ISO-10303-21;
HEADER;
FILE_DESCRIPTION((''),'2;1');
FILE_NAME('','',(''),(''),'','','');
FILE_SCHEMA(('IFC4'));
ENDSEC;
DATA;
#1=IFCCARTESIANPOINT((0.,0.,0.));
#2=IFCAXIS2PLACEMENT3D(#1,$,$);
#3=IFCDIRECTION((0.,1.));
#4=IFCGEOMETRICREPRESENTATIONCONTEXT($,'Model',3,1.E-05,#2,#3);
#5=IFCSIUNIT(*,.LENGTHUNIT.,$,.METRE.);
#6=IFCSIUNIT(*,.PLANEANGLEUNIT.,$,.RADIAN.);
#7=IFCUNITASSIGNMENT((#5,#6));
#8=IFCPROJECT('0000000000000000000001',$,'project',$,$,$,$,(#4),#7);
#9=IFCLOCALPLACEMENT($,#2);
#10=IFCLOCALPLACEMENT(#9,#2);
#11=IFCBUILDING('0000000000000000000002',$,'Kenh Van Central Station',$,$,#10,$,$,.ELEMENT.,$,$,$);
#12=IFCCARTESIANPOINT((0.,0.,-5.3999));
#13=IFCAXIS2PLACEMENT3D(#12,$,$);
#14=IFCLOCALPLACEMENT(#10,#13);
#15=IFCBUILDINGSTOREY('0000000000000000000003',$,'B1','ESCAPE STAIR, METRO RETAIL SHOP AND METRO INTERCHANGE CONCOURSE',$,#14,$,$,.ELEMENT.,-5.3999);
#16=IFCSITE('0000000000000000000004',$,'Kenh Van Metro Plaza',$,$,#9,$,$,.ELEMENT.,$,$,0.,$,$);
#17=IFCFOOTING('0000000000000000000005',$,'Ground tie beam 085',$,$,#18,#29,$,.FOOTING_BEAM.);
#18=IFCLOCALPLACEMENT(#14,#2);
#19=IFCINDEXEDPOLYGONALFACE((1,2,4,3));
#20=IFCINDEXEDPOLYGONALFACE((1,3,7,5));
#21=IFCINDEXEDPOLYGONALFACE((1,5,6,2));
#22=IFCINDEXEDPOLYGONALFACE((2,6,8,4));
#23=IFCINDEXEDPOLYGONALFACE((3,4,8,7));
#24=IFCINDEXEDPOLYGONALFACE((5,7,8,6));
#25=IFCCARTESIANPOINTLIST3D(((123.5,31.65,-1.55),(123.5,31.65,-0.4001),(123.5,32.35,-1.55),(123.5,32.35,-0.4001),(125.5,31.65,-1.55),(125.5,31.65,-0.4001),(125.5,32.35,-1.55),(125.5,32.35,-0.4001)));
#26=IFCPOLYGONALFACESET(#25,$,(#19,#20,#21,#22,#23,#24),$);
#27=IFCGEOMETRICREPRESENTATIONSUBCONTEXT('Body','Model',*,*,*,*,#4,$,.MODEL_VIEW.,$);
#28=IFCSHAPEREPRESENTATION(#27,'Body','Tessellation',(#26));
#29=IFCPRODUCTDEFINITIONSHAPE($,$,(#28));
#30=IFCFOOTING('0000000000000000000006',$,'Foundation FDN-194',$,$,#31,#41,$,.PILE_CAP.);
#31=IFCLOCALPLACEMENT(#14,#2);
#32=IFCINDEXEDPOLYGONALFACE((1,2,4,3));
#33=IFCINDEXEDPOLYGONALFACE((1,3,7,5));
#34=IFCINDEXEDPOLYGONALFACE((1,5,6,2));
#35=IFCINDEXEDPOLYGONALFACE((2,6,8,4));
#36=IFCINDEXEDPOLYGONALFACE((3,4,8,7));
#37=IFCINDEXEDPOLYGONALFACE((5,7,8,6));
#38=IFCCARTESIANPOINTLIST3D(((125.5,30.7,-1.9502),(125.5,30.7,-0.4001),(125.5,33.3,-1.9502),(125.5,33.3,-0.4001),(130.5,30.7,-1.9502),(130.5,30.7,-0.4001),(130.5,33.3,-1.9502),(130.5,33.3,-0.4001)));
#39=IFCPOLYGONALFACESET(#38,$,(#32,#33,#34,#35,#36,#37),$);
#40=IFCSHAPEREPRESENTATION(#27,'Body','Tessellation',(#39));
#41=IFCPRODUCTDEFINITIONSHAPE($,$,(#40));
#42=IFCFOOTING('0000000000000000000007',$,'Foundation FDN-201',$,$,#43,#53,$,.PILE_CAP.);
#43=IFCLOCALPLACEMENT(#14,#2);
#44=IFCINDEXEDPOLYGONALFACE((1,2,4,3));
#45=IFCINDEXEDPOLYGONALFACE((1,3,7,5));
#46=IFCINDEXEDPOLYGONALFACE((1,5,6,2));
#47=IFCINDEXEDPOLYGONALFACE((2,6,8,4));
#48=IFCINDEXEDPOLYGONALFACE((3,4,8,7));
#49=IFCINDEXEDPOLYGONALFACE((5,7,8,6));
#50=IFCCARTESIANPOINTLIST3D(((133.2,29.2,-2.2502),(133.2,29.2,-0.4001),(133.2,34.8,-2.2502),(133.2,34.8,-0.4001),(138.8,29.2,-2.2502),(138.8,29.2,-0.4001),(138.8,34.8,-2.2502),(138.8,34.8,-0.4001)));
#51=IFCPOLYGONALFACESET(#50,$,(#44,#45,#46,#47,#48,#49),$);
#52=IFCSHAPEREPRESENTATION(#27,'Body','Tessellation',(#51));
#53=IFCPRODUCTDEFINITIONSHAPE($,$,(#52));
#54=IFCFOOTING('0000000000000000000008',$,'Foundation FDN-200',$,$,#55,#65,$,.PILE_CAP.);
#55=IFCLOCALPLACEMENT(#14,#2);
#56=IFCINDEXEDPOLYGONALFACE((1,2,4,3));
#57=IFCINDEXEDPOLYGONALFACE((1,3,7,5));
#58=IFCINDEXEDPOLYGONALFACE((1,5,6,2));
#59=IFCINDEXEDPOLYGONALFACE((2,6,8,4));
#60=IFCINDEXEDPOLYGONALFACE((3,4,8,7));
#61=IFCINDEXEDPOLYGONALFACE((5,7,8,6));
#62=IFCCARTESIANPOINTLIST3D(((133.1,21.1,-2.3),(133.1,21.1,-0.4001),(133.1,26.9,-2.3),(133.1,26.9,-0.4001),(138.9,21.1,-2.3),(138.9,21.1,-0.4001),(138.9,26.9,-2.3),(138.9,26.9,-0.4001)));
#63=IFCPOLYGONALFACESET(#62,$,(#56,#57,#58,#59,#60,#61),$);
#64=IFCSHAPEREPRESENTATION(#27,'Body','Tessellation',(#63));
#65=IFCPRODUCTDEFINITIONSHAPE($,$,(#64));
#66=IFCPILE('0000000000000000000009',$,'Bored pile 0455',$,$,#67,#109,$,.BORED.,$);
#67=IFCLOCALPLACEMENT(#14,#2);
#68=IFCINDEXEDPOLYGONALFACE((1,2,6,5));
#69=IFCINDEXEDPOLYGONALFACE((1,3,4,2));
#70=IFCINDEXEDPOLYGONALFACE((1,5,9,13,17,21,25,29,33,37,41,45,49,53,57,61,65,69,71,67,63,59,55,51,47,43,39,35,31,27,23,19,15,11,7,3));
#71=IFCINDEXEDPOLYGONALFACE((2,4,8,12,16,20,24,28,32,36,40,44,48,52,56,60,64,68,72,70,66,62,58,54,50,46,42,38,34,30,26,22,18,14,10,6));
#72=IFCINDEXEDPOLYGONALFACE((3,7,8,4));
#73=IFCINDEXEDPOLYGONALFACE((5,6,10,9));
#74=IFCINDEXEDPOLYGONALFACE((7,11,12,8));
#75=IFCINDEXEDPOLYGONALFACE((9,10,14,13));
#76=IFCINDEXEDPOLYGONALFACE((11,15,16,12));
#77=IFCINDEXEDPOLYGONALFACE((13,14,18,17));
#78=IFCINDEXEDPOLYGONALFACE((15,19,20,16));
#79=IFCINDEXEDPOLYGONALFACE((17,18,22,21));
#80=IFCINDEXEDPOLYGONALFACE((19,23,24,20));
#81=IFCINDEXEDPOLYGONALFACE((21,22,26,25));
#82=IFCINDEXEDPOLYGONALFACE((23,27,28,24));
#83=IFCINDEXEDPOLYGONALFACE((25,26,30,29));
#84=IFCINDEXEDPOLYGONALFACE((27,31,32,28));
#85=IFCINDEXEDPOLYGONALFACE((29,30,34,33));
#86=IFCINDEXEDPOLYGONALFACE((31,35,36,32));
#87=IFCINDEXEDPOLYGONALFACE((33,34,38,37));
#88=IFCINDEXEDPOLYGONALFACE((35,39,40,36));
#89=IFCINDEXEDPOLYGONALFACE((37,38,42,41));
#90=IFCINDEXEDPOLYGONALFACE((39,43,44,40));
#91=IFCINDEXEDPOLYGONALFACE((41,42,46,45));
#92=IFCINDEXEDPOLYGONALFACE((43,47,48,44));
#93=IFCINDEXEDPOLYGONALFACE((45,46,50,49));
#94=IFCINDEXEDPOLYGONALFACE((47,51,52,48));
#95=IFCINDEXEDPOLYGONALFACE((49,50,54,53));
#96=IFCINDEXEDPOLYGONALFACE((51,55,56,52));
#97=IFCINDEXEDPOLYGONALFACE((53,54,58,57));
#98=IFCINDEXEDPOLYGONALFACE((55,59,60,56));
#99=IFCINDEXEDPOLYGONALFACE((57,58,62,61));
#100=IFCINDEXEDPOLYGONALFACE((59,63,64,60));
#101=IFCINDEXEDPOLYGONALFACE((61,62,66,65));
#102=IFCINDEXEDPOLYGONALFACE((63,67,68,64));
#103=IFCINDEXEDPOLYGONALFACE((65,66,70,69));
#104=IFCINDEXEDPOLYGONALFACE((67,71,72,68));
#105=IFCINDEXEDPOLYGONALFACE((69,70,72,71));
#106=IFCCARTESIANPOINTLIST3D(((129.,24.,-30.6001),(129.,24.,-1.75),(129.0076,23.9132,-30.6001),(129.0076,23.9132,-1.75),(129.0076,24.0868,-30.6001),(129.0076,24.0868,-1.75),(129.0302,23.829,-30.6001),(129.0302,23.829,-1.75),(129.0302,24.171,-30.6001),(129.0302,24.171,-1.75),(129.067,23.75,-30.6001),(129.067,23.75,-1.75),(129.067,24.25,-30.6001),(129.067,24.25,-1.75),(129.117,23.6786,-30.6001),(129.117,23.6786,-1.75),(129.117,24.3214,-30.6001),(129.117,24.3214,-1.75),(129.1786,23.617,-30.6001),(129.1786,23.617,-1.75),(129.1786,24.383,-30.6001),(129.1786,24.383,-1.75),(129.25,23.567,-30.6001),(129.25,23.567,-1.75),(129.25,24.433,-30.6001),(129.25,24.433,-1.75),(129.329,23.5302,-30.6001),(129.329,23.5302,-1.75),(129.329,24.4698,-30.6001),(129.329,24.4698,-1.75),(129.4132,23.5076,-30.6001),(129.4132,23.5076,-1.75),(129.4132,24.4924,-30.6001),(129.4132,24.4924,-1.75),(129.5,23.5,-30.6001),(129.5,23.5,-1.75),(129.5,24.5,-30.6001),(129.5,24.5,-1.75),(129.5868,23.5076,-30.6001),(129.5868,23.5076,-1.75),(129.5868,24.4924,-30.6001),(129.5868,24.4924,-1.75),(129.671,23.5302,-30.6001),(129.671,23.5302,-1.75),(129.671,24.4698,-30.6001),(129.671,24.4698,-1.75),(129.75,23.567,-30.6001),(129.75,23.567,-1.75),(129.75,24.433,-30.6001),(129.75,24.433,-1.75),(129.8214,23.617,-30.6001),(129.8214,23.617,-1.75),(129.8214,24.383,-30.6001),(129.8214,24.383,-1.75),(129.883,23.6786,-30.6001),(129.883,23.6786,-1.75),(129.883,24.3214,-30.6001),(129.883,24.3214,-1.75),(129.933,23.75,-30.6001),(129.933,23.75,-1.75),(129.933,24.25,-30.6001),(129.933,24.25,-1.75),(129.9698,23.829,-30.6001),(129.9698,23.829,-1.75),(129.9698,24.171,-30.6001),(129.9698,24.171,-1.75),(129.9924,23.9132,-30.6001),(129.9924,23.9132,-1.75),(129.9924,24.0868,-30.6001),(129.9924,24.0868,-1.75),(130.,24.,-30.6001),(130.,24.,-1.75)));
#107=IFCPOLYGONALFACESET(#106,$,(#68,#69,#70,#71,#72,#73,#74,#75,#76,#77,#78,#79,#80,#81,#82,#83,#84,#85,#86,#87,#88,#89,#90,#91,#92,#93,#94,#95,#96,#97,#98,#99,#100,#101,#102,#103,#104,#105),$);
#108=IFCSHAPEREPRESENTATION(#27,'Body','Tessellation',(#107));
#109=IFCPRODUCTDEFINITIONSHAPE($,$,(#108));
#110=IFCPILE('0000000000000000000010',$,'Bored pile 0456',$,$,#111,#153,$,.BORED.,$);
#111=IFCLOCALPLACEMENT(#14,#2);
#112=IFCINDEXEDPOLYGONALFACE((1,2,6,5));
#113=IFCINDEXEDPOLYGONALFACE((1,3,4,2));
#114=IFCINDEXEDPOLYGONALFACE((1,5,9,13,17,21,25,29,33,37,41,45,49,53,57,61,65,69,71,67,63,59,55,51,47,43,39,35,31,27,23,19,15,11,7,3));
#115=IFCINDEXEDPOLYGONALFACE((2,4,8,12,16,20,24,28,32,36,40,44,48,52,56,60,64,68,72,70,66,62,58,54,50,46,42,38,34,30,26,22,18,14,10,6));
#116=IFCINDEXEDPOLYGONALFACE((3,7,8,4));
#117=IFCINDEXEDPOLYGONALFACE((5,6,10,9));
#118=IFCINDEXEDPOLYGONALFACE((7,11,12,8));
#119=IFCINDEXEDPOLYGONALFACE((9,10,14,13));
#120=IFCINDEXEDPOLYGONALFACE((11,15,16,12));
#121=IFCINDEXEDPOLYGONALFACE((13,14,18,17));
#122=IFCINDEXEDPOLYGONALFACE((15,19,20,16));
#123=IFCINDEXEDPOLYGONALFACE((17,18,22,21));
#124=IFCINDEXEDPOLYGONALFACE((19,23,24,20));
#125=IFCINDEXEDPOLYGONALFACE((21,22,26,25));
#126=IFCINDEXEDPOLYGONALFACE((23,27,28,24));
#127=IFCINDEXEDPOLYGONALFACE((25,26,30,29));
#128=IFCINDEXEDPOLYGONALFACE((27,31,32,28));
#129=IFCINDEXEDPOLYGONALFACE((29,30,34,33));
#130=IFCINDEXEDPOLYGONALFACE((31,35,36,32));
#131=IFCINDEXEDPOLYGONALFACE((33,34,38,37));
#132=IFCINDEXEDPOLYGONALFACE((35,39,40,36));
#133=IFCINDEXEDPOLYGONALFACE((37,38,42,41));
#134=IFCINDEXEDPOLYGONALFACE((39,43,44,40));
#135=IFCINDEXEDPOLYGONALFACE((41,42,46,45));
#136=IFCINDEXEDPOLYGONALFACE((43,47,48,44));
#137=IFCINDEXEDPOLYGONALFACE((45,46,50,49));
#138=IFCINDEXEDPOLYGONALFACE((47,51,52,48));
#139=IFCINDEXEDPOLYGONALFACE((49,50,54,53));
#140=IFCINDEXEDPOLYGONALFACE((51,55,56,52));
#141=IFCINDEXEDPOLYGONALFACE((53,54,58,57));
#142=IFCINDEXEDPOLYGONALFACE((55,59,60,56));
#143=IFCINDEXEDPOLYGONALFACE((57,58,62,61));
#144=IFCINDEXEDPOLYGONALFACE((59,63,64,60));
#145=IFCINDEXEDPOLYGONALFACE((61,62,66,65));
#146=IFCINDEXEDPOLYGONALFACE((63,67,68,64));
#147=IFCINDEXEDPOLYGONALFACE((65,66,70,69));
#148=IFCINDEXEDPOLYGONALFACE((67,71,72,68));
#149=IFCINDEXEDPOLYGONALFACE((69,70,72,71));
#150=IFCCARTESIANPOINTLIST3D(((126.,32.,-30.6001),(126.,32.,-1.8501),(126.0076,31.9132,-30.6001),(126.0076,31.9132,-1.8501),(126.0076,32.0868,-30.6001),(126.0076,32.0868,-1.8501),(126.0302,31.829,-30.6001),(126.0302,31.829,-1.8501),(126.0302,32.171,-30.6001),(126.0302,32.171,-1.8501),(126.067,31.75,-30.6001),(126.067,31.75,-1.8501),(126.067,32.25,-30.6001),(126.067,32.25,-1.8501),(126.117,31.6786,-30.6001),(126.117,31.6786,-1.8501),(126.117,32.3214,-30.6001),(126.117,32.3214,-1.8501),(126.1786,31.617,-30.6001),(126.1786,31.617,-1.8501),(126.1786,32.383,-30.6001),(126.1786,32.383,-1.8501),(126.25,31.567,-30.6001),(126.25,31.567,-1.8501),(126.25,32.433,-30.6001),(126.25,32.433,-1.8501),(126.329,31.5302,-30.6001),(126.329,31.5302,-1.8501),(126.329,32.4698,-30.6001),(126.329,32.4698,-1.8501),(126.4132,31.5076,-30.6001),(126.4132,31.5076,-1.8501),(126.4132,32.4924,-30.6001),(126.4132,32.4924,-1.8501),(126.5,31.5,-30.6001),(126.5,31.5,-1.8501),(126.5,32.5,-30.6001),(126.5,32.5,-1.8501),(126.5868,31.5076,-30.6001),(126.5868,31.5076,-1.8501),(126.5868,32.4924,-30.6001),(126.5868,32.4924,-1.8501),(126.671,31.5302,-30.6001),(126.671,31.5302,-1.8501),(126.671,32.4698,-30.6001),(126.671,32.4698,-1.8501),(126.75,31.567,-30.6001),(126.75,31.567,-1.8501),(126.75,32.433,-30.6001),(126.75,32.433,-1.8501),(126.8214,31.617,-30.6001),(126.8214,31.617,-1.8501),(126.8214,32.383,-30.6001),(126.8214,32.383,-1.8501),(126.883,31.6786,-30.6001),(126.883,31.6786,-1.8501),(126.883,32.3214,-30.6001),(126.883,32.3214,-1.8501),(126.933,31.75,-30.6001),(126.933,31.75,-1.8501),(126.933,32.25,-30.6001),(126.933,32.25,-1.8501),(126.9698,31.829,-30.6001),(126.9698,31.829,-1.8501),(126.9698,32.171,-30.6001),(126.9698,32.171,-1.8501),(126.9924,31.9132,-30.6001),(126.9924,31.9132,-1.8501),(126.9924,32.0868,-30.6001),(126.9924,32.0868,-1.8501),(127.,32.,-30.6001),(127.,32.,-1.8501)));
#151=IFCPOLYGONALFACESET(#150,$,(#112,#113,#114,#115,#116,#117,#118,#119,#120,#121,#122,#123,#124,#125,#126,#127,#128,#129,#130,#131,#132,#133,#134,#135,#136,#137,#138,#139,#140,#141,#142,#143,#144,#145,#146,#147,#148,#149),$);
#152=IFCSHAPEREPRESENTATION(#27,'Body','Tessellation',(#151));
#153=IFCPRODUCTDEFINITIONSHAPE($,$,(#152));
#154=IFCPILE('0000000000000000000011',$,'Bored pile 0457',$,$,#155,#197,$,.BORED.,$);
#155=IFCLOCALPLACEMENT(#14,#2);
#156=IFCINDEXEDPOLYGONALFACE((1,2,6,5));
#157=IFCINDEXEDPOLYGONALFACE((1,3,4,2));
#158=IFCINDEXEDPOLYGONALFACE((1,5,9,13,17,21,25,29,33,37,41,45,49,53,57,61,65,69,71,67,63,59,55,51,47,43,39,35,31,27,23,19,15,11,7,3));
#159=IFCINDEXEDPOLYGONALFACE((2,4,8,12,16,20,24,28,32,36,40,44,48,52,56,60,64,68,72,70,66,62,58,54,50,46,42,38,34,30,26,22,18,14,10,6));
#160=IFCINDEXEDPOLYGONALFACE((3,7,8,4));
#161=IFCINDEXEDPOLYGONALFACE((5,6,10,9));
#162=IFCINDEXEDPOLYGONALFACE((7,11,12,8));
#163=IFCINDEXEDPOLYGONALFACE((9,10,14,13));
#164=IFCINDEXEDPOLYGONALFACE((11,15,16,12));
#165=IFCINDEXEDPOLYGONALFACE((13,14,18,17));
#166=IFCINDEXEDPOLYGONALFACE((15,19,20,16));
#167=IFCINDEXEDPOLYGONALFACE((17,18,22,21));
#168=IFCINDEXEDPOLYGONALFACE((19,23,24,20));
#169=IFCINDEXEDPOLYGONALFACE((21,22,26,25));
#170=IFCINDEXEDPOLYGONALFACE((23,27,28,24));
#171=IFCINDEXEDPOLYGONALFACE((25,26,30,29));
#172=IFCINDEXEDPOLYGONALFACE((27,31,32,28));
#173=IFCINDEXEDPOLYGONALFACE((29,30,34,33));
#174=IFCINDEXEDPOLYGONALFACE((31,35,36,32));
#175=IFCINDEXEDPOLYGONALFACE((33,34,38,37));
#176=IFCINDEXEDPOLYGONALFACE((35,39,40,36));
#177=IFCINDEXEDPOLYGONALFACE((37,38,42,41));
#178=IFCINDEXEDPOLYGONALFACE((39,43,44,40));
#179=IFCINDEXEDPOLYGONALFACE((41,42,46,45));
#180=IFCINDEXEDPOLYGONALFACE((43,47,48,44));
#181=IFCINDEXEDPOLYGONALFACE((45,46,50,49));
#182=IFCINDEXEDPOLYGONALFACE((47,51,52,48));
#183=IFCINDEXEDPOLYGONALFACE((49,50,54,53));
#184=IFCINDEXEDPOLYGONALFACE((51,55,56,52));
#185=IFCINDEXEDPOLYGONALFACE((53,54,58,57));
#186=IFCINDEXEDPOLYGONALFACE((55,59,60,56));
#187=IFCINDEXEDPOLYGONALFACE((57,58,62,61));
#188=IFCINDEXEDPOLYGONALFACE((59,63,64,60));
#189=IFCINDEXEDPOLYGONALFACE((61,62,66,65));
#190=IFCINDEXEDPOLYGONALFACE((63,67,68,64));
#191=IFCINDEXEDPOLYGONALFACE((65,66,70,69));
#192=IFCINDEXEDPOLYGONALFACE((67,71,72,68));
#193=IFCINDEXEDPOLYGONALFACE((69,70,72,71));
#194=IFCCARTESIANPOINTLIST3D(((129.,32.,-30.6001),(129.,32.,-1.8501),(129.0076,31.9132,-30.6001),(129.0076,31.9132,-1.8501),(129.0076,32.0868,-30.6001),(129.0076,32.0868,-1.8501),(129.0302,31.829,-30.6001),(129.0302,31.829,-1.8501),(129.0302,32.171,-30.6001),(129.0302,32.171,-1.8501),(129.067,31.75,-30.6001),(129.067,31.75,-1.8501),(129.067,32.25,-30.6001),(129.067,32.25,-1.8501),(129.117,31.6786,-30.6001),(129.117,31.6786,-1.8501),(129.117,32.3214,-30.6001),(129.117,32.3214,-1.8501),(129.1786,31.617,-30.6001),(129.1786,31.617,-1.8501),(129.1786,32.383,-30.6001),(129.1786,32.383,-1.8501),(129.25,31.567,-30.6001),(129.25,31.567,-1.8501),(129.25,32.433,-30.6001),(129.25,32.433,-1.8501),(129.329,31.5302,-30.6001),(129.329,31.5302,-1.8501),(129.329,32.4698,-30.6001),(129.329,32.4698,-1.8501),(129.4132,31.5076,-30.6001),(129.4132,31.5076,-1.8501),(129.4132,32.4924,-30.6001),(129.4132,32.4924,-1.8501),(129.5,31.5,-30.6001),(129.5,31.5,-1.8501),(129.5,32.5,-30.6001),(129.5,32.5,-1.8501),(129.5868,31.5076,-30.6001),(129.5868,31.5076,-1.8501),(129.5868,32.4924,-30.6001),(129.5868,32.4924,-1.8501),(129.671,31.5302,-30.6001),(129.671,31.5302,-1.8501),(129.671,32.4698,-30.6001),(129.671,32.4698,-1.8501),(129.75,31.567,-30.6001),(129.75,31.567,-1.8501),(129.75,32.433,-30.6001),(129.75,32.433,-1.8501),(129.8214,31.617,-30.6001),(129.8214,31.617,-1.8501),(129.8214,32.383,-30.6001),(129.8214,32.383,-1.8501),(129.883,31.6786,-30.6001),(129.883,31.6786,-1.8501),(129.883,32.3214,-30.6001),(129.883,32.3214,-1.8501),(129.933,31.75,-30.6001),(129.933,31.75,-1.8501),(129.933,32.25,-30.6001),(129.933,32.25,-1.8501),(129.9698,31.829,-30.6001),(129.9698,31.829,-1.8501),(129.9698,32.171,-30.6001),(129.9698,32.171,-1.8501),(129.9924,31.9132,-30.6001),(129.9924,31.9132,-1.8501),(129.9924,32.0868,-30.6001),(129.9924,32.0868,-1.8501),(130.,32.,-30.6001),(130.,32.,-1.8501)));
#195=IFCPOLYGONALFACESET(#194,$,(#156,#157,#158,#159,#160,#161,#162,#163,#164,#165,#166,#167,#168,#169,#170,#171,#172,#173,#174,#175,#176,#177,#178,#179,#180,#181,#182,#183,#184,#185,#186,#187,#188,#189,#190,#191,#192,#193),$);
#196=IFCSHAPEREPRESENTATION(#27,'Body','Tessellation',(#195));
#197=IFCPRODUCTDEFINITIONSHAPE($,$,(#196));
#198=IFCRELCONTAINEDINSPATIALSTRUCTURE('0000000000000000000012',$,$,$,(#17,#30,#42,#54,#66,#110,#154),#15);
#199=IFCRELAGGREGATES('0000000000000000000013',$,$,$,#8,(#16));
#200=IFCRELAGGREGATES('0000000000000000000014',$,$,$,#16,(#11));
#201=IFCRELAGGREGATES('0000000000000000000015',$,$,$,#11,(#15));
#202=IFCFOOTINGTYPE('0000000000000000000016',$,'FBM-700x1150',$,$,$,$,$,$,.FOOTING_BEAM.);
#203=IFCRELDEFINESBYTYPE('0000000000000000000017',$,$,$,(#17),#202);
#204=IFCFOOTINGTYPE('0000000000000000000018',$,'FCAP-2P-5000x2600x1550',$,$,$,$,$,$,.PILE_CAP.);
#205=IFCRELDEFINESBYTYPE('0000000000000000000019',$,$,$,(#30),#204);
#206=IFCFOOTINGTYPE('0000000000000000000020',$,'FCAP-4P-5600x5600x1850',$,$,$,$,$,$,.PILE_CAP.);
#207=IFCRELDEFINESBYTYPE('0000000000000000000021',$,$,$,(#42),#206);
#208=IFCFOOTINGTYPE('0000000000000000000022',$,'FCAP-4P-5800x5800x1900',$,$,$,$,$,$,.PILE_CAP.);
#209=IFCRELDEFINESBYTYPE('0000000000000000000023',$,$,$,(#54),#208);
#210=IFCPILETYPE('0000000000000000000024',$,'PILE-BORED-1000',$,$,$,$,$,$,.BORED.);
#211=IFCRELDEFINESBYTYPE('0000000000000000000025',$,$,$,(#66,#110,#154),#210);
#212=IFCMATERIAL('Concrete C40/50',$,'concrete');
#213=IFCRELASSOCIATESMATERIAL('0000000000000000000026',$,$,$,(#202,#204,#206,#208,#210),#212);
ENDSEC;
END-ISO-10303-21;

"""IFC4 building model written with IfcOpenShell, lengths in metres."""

from ifc_helpers import new_model, si_unit, direction, frame, origin, origin_2d, place, context, subcontext, project, spatial, rectangle, circle, extrude, material, material_profile, profile_set, type_object, element, save


model = new_model("IFC4")

# Units and contexts
model_context = context("Model", 3, precision=1e-05, world=origin(), true_north=direction((0.0, 1.0)))
body_context = subcontext(model_context, "Body", "Model", "MODEL_VIEW")
ifc_project = project(units=[si_unit("LENGTHUNIT", "METRE"), si_unit("PLANEANGLEUNIT", "RADIAN")], contexts=[model_context])

# Site, building, storey
site_placement = place(None, origin())
site = spatial("IfcSite", under=ifc_project, at=site_placement, Name="Kenh Van Metro Plaza", CompositionType="ELEMENT", RefElevation=0.0)
building_placement = place(site_placement, origin())
building = spatial("IfcBuilding", under=site, at=building_placement, Name="Kenh Van Central Station", CompositionType="ELEMENT")
storey_placement = place(building_placement, frame((0.0, 0.0, -5.3999)))
storey = spatial("IfcBuildingStorey", under=building, at=storey_placement, Name="B1", Description="ESCAPE STAIR, METRO RETAIL SHOP AND METRO INTERCHANGE CONCOURSE", CompositionType="ELEMENT", Elevation=-5.3999)

# Footings
ifc_material_1 = material(Name="Concrete C40/50", Category="concrete")
ifc_material_profile_1 = material_profile(ifc_material_1, rectangle(XDim=0.7, YDim=1.1499, at=origin_2d()), Name="RC 700x1150")
ifc_profile_set_1 = profile_set([ifc_material_profile_1], Name="Concrete C40/50")
footing_type_1 = type_object("IfcFootingType", Name="FBM-700x1150", PredefinedType="FOOTING_BEAM", material=ifc_profile_set_1)
footing_1_placement = place(storey_placement, frame((123.5, 32.0, -0.9751), z_axis=(1.0, 0.0, 0.0), x_axis=(0.0, 1.0, 0.0)))
element("IfcFooting", 1, at=footing_1_placement, inside=storey, type_object=footing_type_1, Name="Ground tie beam 085", PredefinedType="FOOTING_BEAM", context=body_context, shape_type="SweptSolid", body=[
    extrude(rectangle(XDim=0.7, YDim=1.1499, at=origin_2d()), origin(), (0.0, 0.0, 1.0), 2.0),
])
footing_type_2 = type_object("IfcFootingType", Name="FCAP-2P-5000x2600x1550", PredefinedType="PILE_CAP", material=ifc_material_1)
footing_2_placement = place(storey_placement, frame((128.0, 32.0, -1.9502), z_axis=(0.0, 0.0, 1.0), x_axis=(1.0, 0.0, 0.0)))
element("IfcFooting", 2, at=footing_2_placement, inside=storey, type_object=footing_type_2, Name="Foundation FDN-194", PredefinedType="PILE_CAP", context=body_context, shape_type="SweptSolid", body=[
    extrude(rectangle(XDim=5.0, YDim=2.6001, at=origin_2d()), origin(), (0.0, 0.0, 1.0), 1.55),
])
footing_type_3 = type_object("IfcFootingType", Name="FCAP-4P-5600x5600x1850", PredefinedType="PILE_CAP", material=ifc_material_1)
footing_3_placement = place(storey_placement, frame((136.0, 32.0, -2.2502), z_axis=(0.0, 0.0, 1.0), x_axis=(1.0, 0.0, 0.0)))
element("IfcFooting", 3, at=footing_3_placement, inside=storey, type_object=footing_type_3, Name="Foundation FDN-201", PredefinedType="PILE_CAP", context=body_context, shape_type="SweptSolid", body=[
    extrude(rectangle(XDim=5.6001, YDim=5.6001, at=origin_2d()), origin(), (0.0, 0.0, 1.0), 1.8501),
])
footing_type_4 = type_object("IfcFootingType", Name="FCAP-4P-5800x5800x1900", PredefinedType="PILE_CAP", material=ifc_material_1)
footing_4_placement = place(storey_placement, frame((136.0, 24.0, -2.3), z_axis=(0.0, 0.0, 1.0), x_axis=(1.0, 0.0, 0.0)))
element("IfcFooting", 4, at=footing_4_placement, inside=storey, type_object=footing_type_4, Name="Foundation FDN-200", PredefinedType="PILE_CAP", context=body_context, shape_type="SweptSolid", body=[
    extrude(rectangle(XDim=5.8, YDim=5.8, at=origin_2d()), origin(), (0.0, 0.0, 1.0), 1.8999),
])

# Piles
ifc_material_profile_2 = material_profile(ifc_material_1, circle(Radius=0.5, at=origin_2d()), Name="PILE D1000")
ifc_profile_set_2 = profile_set([ifc_material_profile_2], Name="Concrete C40/50")
pile_type_1 = type_object("IfcPileType", Name="PILE-BORED-1000", PredefinedType="BORED", material=ifc_profile_set_2)
pile_placement = place(storey_placement, frame((129.5, 24.0, -1.75), z_axis=(0.0, 0.0, -1.0), x_axis=(1.0, 0.0, 0.0)))
element("IfcPile", 5, at=pile_placement, inside=storey, type_object=pile_type_1, Name="Bored pile 0455", PredefinedType="BORED", context=body_context, shape_type="SweptSolid", body=[
    extrude(circle(Radius=0.5, at=origin_2d()), origin(), (0.0, 0.0, 1.0), 28.8501),
])
for number, where, z_axis, x_axis, name in (
    (6, (126.5, 32.0, -1.8501), (0.0, 0.0, -1.0), (1.0, 0.0, 0.0), "Bored pile 0456"),
    (7, (129.5, 32.0, -1.8501), (0.0, 0.0, -1.0), (1.0, 0.0, 0.0), "Bored pile 0457"),
):
    element("IfcPile", number, at=place(storey_placement, frame(where, z_axis=z_axis, x_axis=x_axis)), inside=storey, type_object=pile_type_1, Name=name, PredefinedType="BORED", context=body_context, shape_type="SweptSolid", body=[
        extrude(circle(Radius=0.5, at=origin_2d()), origin(), (0.0, 0.0, 1.0), 28.75),
    ])

save(model, "model.ifc")
